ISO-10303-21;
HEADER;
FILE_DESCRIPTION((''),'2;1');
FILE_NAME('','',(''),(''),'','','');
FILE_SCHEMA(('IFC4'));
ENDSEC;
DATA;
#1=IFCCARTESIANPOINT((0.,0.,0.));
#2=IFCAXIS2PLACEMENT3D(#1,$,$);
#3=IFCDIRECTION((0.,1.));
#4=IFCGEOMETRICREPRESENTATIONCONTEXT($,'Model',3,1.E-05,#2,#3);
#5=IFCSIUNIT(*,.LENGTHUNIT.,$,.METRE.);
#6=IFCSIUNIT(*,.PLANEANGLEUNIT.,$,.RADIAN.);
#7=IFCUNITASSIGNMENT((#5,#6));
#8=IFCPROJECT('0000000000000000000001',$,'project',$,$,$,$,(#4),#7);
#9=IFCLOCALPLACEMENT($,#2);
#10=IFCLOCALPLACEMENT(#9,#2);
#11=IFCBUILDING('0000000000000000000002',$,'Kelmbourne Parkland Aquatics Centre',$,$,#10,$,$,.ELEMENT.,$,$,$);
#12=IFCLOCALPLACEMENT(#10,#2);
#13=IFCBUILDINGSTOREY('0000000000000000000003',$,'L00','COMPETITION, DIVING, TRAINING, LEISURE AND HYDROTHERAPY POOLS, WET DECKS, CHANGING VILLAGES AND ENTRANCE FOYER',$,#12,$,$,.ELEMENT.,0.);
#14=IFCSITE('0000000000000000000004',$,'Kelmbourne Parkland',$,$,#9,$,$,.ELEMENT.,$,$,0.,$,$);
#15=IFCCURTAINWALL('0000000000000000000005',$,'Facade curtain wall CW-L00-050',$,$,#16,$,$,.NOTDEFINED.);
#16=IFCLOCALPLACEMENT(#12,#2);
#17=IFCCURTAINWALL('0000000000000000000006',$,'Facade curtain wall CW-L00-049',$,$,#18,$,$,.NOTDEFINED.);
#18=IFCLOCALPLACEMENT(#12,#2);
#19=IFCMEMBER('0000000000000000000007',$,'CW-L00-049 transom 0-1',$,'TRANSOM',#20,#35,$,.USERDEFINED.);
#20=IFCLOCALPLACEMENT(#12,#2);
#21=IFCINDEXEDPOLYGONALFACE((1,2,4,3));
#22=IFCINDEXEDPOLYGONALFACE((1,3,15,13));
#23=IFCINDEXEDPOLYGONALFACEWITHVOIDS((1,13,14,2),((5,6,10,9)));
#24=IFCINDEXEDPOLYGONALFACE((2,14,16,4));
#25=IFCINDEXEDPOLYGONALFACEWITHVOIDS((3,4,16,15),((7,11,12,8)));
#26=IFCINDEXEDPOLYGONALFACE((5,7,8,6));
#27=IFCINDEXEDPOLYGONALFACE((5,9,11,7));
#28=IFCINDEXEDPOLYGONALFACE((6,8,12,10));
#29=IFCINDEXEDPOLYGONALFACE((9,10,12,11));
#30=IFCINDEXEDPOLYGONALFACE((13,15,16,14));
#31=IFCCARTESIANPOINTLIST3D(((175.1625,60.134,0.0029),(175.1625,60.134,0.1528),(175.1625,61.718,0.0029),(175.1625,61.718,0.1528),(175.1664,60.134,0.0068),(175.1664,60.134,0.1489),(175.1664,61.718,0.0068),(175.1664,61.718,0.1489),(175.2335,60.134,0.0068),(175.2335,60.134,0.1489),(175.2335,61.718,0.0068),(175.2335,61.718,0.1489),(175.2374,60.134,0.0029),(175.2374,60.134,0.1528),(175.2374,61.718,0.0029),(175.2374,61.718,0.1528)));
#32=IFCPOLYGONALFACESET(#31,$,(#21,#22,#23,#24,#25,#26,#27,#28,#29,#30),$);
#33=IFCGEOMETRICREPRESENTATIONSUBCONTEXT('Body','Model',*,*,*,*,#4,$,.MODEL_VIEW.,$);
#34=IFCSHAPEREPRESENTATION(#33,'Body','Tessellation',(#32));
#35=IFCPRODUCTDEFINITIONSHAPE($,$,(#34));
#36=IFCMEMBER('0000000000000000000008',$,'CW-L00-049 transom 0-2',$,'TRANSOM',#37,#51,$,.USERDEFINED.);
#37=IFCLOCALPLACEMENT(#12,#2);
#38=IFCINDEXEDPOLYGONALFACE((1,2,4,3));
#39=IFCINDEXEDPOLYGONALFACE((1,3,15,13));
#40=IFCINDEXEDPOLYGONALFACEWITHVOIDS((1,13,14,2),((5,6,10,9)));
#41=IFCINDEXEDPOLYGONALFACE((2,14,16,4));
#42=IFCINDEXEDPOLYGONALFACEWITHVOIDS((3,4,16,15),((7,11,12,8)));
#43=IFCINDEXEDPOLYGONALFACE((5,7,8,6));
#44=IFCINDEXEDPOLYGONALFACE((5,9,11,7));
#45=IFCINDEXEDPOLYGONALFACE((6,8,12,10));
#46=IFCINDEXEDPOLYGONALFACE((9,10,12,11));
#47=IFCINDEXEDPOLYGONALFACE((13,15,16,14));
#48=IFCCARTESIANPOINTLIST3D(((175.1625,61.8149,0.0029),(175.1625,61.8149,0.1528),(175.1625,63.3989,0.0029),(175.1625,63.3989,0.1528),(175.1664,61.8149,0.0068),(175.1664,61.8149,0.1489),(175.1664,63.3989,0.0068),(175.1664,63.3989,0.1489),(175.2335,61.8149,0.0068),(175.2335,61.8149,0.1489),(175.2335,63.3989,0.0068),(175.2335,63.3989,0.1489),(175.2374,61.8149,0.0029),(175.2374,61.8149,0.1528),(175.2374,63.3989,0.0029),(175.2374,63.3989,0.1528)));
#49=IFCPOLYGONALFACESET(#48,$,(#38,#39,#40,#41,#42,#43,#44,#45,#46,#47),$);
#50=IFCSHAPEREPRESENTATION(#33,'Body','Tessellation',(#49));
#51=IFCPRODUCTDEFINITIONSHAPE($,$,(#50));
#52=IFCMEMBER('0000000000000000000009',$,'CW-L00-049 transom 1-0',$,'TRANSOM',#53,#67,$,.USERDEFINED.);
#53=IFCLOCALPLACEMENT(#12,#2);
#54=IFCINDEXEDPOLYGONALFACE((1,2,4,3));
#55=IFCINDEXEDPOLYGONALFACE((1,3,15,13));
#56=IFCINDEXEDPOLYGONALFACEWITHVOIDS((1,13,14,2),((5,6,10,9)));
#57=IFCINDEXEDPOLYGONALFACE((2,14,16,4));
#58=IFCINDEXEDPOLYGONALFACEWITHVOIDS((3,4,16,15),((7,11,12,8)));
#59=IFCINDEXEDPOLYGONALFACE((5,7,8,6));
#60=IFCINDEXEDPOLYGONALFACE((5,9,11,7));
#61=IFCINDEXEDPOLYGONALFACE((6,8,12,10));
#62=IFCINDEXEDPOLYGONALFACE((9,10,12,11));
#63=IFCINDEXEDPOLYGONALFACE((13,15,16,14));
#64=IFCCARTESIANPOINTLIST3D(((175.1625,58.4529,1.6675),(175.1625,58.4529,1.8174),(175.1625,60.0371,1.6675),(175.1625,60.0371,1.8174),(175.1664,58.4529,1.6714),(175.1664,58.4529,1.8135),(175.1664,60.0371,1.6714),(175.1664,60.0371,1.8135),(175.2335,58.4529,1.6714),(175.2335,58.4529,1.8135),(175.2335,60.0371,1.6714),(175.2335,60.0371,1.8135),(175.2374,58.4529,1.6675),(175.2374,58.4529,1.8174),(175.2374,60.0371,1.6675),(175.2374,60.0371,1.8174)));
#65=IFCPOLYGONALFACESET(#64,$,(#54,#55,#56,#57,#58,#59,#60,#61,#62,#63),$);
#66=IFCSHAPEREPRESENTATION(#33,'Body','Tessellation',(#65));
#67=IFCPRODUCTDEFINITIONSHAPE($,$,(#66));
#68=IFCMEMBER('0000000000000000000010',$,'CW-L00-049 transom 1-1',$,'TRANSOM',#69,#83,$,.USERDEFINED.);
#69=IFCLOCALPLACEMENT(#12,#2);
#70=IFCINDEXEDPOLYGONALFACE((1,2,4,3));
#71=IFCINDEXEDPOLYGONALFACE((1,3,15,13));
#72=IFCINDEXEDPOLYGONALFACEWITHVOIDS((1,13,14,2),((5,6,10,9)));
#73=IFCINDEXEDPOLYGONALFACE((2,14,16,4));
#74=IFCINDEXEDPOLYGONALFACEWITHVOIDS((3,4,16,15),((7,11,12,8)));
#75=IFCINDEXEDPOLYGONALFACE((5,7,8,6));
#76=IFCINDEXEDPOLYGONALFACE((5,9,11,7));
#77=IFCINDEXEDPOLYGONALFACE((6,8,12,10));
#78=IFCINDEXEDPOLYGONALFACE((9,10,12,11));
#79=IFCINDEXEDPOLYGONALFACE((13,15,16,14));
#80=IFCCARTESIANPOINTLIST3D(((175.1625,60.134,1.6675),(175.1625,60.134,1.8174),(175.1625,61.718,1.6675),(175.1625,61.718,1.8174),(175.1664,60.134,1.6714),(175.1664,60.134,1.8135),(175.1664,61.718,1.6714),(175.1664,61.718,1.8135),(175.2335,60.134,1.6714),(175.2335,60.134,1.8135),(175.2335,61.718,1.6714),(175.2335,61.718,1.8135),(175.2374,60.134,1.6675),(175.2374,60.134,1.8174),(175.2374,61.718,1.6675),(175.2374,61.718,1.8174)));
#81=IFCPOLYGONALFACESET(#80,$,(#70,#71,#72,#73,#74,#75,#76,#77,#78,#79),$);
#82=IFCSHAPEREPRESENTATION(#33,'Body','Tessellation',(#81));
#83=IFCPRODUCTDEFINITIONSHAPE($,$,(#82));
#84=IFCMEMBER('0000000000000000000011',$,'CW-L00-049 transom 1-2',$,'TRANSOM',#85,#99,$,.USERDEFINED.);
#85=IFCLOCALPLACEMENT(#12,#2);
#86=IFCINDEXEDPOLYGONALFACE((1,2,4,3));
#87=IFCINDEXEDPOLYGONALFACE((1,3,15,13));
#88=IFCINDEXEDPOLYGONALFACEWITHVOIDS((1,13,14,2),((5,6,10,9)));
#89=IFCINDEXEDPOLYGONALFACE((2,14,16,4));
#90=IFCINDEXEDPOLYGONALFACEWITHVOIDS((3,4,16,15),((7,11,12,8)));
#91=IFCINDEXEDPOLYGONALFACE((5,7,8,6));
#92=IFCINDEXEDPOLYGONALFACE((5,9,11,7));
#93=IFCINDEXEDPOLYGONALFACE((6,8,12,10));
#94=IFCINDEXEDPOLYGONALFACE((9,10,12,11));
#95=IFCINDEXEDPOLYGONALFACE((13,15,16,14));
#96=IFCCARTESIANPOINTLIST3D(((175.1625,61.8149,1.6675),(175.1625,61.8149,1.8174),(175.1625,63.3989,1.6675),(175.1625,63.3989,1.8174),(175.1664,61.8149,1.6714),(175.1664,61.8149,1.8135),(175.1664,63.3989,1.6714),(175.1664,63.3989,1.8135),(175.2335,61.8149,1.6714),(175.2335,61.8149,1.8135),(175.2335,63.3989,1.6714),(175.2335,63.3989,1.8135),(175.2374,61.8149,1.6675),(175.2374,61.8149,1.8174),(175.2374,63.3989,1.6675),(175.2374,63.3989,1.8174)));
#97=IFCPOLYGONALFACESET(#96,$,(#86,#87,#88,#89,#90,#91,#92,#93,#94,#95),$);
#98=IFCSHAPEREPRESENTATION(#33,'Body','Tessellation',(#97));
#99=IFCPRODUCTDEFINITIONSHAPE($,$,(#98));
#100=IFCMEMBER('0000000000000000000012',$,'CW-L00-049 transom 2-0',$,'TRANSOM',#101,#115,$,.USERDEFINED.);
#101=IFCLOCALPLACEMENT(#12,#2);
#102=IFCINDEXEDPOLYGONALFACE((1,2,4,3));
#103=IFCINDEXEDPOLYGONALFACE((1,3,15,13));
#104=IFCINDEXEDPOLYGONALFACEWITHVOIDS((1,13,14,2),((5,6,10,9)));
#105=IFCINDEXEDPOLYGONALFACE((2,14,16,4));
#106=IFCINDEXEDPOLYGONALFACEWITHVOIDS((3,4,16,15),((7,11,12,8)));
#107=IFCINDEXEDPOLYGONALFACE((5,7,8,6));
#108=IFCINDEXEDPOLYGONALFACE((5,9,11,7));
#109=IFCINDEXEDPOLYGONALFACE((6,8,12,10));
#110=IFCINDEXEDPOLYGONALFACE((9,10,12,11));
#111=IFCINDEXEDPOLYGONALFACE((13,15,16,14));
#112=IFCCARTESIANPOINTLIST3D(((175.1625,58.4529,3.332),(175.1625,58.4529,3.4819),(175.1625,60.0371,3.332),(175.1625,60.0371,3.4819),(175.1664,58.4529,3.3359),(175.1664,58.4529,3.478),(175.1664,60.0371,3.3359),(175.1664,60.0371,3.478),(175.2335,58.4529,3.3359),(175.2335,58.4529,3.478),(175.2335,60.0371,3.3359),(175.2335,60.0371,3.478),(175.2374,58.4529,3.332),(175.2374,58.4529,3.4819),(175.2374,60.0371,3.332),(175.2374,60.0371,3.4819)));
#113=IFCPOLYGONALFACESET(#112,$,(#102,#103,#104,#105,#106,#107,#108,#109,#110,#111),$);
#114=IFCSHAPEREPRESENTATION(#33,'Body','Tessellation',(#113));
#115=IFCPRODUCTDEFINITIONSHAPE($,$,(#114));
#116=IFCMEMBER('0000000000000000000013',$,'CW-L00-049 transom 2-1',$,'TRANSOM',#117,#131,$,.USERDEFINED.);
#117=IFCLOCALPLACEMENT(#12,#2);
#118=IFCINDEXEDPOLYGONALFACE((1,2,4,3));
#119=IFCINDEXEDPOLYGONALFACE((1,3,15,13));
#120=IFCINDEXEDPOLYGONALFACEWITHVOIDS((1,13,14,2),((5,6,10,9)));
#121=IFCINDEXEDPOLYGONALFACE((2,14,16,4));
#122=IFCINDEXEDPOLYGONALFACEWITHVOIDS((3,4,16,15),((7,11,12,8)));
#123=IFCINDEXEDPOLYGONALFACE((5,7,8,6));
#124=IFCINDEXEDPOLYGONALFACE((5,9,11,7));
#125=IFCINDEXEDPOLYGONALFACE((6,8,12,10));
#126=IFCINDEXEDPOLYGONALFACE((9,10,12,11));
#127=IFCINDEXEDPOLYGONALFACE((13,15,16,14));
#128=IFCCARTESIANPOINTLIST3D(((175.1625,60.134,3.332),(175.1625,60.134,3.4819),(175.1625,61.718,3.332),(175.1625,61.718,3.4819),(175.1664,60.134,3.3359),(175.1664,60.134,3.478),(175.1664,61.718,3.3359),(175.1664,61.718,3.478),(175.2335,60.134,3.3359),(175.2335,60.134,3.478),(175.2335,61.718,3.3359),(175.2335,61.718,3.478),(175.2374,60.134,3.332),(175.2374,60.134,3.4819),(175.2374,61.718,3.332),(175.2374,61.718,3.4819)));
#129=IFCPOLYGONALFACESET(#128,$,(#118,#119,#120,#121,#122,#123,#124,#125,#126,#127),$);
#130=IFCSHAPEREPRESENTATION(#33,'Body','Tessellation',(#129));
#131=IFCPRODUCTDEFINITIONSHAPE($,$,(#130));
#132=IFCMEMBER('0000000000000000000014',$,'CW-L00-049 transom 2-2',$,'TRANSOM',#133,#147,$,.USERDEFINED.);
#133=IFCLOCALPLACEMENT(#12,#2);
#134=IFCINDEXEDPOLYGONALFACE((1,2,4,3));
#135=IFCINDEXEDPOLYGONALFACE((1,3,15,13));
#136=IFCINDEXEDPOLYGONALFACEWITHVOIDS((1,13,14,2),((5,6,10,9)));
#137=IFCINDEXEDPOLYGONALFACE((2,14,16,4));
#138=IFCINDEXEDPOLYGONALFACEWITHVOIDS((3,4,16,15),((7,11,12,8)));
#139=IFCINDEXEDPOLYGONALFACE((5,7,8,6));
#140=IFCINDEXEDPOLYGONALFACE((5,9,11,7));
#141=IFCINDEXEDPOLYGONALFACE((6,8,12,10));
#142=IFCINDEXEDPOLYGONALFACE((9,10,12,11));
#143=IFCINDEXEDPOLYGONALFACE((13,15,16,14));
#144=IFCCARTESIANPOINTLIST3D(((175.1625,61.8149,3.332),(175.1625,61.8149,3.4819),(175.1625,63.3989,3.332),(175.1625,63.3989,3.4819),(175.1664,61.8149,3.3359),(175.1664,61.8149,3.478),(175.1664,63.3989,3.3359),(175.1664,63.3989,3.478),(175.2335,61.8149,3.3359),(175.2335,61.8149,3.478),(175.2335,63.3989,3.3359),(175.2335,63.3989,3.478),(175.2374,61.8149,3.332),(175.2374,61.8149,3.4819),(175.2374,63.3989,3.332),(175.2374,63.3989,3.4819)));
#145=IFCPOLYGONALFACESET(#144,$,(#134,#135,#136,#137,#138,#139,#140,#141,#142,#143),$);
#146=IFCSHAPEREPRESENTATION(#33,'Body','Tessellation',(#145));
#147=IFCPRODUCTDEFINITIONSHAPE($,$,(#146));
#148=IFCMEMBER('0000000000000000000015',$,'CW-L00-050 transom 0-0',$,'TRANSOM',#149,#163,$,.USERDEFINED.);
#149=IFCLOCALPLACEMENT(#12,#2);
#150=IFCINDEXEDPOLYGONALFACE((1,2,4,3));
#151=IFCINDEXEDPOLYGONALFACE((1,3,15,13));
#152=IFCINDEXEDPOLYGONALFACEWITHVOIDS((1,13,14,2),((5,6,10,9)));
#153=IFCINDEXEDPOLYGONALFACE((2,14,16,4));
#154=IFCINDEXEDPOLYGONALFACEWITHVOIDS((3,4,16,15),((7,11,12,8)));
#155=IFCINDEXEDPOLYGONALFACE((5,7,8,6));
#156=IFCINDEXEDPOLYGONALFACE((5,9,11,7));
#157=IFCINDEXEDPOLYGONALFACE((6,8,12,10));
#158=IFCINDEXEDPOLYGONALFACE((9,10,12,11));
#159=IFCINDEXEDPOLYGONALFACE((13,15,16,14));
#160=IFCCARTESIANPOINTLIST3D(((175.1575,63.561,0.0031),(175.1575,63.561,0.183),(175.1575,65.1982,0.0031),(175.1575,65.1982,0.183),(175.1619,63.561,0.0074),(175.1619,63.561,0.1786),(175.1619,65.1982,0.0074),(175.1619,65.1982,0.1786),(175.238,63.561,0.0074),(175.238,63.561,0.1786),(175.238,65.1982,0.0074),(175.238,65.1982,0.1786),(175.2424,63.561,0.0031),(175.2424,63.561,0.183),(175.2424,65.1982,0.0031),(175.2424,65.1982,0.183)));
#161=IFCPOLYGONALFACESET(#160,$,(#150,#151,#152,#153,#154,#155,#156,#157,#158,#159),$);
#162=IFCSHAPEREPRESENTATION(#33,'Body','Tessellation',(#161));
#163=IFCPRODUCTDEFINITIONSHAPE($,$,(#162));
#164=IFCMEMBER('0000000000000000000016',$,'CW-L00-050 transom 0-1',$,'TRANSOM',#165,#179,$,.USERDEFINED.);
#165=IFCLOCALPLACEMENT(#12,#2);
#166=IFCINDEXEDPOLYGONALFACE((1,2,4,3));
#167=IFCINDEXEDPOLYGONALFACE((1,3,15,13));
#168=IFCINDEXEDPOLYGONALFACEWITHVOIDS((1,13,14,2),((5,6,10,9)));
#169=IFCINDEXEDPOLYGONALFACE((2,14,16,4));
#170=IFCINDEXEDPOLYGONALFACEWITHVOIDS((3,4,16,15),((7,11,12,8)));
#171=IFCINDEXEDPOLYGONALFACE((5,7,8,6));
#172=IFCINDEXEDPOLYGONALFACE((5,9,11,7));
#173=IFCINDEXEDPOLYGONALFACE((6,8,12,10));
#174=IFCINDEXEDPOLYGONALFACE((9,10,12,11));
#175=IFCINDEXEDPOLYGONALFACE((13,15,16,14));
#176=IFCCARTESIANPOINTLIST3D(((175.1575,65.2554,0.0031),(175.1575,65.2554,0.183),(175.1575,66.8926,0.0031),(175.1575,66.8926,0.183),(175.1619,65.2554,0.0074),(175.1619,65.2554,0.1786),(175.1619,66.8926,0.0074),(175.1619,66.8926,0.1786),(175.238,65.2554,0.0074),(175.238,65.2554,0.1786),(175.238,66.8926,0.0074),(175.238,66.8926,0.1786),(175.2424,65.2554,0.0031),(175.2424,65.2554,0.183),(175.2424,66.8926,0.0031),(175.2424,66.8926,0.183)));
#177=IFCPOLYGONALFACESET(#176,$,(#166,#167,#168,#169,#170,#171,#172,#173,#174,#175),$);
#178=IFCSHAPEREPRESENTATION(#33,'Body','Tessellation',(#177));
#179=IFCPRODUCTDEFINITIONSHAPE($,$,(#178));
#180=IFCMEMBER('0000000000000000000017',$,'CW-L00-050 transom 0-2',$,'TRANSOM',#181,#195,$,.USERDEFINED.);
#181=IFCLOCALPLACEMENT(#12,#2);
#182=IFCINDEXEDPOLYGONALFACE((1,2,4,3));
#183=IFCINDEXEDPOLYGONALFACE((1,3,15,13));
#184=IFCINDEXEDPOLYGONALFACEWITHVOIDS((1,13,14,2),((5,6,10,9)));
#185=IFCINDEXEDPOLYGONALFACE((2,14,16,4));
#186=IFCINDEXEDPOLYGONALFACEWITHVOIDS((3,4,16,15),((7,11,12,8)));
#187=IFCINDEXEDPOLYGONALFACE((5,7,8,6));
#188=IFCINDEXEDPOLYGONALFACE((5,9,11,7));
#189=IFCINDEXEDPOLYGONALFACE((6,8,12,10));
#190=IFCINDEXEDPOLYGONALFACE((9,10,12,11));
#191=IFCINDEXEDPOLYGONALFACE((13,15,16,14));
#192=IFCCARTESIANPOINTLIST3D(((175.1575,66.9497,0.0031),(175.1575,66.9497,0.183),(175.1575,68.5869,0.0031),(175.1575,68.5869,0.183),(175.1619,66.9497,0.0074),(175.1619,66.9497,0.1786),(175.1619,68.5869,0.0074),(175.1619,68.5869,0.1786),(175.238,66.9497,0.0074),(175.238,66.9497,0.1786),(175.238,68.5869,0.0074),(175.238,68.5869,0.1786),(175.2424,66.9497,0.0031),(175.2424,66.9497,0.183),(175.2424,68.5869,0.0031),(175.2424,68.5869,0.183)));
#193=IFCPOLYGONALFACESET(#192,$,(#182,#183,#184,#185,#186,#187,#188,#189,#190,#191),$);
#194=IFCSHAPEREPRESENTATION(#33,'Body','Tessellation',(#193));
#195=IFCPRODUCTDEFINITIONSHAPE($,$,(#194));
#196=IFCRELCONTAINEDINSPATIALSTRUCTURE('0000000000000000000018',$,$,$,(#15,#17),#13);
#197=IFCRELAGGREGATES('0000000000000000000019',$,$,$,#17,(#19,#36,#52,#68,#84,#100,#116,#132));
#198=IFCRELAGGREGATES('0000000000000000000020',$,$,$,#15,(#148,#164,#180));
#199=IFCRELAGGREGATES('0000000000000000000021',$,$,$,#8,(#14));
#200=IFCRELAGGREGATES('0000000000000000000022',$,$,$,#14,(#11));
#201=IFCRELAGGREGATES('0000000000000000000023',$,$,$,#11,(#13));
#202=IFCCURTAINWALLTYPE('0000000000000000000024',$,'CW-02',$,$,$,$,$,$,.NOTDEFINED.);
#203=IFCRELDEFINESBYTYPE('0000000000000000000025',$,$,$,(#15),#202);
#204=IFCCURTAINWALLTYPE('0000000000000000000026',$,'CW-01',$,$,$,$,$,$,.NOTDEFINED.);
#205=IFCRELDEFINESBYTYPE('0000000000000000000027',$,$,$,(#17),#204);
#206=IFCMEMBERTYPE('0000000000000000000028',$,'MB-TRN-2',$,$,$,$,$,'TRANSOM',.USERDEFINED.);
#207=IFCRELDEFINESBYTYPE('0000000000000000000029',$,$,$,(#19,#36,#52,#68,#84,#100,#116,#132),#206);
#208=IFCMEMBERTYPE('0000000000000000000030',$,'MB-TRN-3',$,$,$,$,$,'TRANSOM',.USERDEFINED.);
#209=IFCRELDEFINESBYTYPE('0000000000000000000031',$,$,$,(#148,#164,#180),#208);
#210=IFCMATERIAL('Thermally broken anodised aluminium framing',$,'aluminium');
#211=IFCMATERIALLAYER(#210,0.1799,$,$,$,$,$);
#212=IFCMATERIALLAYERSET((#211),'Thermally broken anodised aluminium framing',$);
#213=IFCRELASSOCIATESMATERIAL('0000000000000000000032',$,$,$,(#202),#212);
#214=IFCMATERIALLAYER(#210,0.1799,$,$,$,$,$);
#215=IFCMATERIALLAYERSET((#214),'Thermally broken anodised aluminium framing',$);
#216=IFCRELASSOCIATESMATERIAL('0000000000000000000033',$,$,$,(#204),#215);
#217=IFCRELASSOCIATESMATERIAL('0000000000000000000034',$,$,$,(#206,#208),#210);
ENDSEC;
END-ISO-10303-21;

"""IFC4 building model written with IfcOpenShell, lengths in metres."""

from ifc_helpers import new_model, si_unit, direction, frame, origin, origin_2d, place, context, subcontext, project, spatial, hollow_rectangle, extrude, material, layer, layer_set, material_profile, profile_set, type_object, element, aggregate, save


model = new_model("IFC4")

# Units and contexts
model_context = context("Model", 3, precision=1e-05, world=origin(), true_north=direction((0.0, 1.0)))
body_context = subcontext(model_context, "Body", "Model", "MODEL_VIEW")
ifc_project = project(units=[si_unit("LENGTHUNIT", "METRE"), si_unit("PLANEANGLEUNIT", "RADIAN")], contexts=[model_context])

# Site, building, storey
site_placement = place(None, origin())
site = spatial("IfcSite", under=ifc_project, at=site_placement, Name="Kelmbourne Parkland", CompositionType="ELEMENT", RefElevation=0.0)
building_placement = place(site_placement, origin())
building = spatial("IfcBuilding", under=site, at=building_placement, Name="Kelmbourne Parkland Aquatics Centre", CompositionType="ELEMENT")
storey_placement = place(building_placement, origin())
storey = spatial("IfcBuildingStorey", under=building, at=storey_placement, Name="L00", Description="COMPETITION, DIVING, TRAINING, LEISURE AND HYDROTHERAPY POOLS, WET DECKS, CHANGING VILLAGES AND ENTRANCE FOYER", CompositionType="ELEMENT", Elevation=0.0)

# Curtain walls, members
ifc_material_1 = material(Name="Thermally broken anodised aluminium framing", Category="aluminium")
ifc_layer_1 = layer(ifc_material_1, 0.1799)
ifc_layer_set_1 = layer_set([ifc_layer_1], Name="Thermally broken anodised aluminium framing")
curtain_wall_type_1 = type_object("IfcCurtainWallType", Name="CW-02", PredefinedType="NOTDEFINED", material=ifc_layer_set_1)
curtain_wall_1_placement = place(storey_placement, origin())
curtain_wall_1 = element("IfcCurtainWall", 1, at=curtain_wall_1_placement, inside=storey, type_object=curtain_wall_type_1, Name="Facade curtain wall CW-L00-050", PredefinedType="NOTDEFINED")
ifc_layer_2 = layer(ifc_material_1, 0.1799)
ifc_layer_set_2 = layer_set([ifc_layer_2], Name="Thermally broken anodised aluminium framing")
curtain_wall_type_2 = type_object("IfcCurtainWallType", Name="CW-01", PredefinedType="NOTDEFINED", material=ifc_layer_set_2)
curtain_wall_2_placement = place(storey_placement, origin())
curtain_wall_2 = element("IfcCurtainWall", 2, at=curtain_wall_2_placement, inside=storey, type_object=curtain_wall_type_2, Name="Facade curtain wall CW-L00-049", PredefinedType="NOTDEFINED")
ifc_material_profile_1 = material_profile(ifc_material_1, hollow_rectangle(XDim=0.075, YDim=0.1499, WallThickness=0.0039, at=origin_2d()), Name="CW-T 75x150")
ifc_profile_set_1 = profile_set([ifc_material_profile_1], Name="Thermally broken anodised aluminium framing")
member_type_1 = type_object("IfcMemberType", Name="MB-TRN-2", ElementType="TRANSOM", PredefinedType="USERDEFINED", material=ifc_profile_set_1)
member_1_placement = place(storey_placement, frame((175.2, 60.134, 0.0779), z_axis=(0.0, 1.0, 0.0), x_axis=(-1.0, 0.0, 0.0)))
member_1 = element("IfcMember", 3, at=member_1_placement, type_object=member_type_1, Name="CW-L00-049 transom 0-1", ObjectType="TRANSOM", PredefinedType="USERDEFINED", context=body_context, shape_type="SweptSolid", body=[
    extrude(hollow_rectangle(XDim=0.075, YDim=0.1499, WallThickness=0.0039, at=origin_2d()), origin(), (0.0, 0.0, 1.0), 1.584),
])
member_2_placement = place(storey_placement, frame((175.2, 61.8149, 0.0779), z_axis=(0.0, 1.0, 0.0), x_axis=(-1.0, 0.0, 0.0)))
member_2 = element("IfcMember", 4, at=member_2_placement, type_object=member_type_1, Name="CW-L00-049 transom 0-2", ObjectType="TRANSOM", PredefinedType="USERDEFINED", context=body_context, shape_type="SweptSolid", body=[
    extrude(hollow_rectangle(XDim=0.075, YDim=0.1499, WallThickness=0.0039, at=origin_2d()), origin(), (0.0, 0.0, 1.0), 1.584),
])
member_3_placement = place(storey_placement, frame((175.2, 58.4529, 1.7424), z_axis=(0.0, 1.0, 0.0), x_axis=(-1.0, 0.0, 0.0)))
member_3 = element("IfcMember", 5, at=member_3_placement, type_object=member_type_1, Name="CW-L00-049 transom 1-0", ObjectType="TRANSOM", PredefinedType="USERDEFINED", context=body_context, shape_type="SweptSolid", body=[
    extrude(hollow_rectangle(XDim=0.075, YDim=0.1499, WallThickness=0.0039, at=origin_2d()), origin(), (0.0, 0.0, 1.0), 1.5842),
])
member_4_placement = place(storey_placement, frame((175.2, 60.134, 1.7424), z_axis=(0.0, 1.0, 0.0), x_axis=(-1.0, 0.0, 0.0)))
member_4 = element("IfcMember", 6, at=member_4_placement, type_object=member_type_1, Name="CW-L00-049 transom 1-1", ObjectType="TRANSOM", PredefinedType="USERDEFINED", context=body_context, shape_type="SweptSolid", body=[
    extrude(hollow_rectangle(XDim=0.075, YDim=0.1499, WallThickness=0.0039, at=origin_2d()), origin(), (0.0, 0.0, 1.0), 1.584),
])
member_5_placement = place(storey_placement, frame((175.2, 61.8149, 1.7424), z_axis=(0.0, 1.0, 0.0), x_axis=(-1.0, 0.0, 0.0)))
member_5 = element("IfcMember", 7, at=member_5_placement, type_object=member_type_1, Name="CW-L00-049 transom 1-2", ObjectType="TRANSOM", PredefinedType="USERDEFINED", context=body_context, shape_type="SweptSolid", body=[
    extrude(hollow_rectangle(XDim=0.075, YDim=0.1499, WallThickness=0.0039, at=origin_2d()), origin(), (0.0, 0.0, 1.0), 1.584),
])
member_6_placement = place(storey_placement, frame((175.2, 58.4529, 3.407), z_axis=(0.0, 1.0, 0.0), x_axis=(-1.0, 0.0, 0.0)))
member_6 = element("IfcMember", 8, at=member_6_placement, type_object=member_type_1, Name="CW-L00-049 transom 2-0", ObjectType="TRANSOM", PredefinedType="USERDEFINED", context=body_context, shape_type="SweptSolid", body=[
    extrude(hollow_rectangle(XDim=0.075, YDim=0.1499, WallThickness=0.0039, at=origin_2d()), origin(), (0.0, 0.0, 1.0), 1.5842),
])
member_7_placement = place(storey_placement, frame((175.2, 60.134, 3.407), z_axis=(0.0, 1.0, 0.0), x_axis=(-1.0, 0.0, 0.0)))
member_7 = element("IfcMember", 9, at=member_7_placement, type_object=member_type_1, Name="CW-L00-049 transom 2-1", ObjectType="TRANSOM", PredefinedType="USERDEFINED", context=body_context, shape_type="SweptSolid", body=[
    extrude(hollow_rectangle(XDim=0.075, YDim=0.1499, WallThickness=0.0039, at=origin_2d()), origin(), (0.0, 0.0, 1.0), 1.584),
])
member_8_placement = place(storey_placement, frame((175.2, 61.8149, 3.407), z_axis=(0.0, 1.0, 0.0), x_axis=(-1.0, 0.0, 0.0)))
member_8 = element("IfcMember", 10, at=member_8_placement, type_object=member_type_1, Name="CW-L00-049 transom 2-2", ObjectType="TRANSOM", PredefinedType="USERDEFINED", context=body_context, shape_type="SweptSolid", body=[
    extrude(hollow_rectangle(XDim=0.075, YDim=0.1499, WallThickness=0.0039, at=origin_2d()), origin(), (0.0, 0.0, 1.0), 1.584),
])

# Members
ifc_material_profile_2 = material_profile(ifc_material_1, hollow_rectangle(XDim=0.085, YDim=0.1799, WallThickness=0.0044, at=origin_2d()), Name="CW-T 85x180")
ifc_profile_set_2 = profile_set([ifc_material_profile_2], Name="Thermally broken anodised aluminium framing")
member_type_2 = type_object("IfcMemberType", Name="MB-TRN-3", ElementType="TRANSOM", PredefinedType="USERDEFINED", material=ifc_profile_set_2)
member_9_placement = place(storey_placement, frame((175.2, 63.561, 0.093), z_axis=(0.0, 1.0, 0.0), x_axis=(-1.0, 0.0, 0.0)))
member_9 = element("IfcMember", 11, at=member_9_placement, type_object=member_type_2, Name="CW-L00-050 transom 0-0", ObjectType="TRANSOM", PredefinedType="USERDEFINED", context=body_context, shape_type="SweptSolid", body=[
    extrude(hollow_rectangle(XDim=0.085, YDim=0.1799, WallThickness=0.0044, at=origin_2d()), origin(), (0.0, 0.0, 1.0), 1.6372),
])
member_10_placement = place(storey_placement, frame((175.2, 65.2554, 0.093), z_axis=(0.0, 1.0, 0.0), x_axis=(-1.0, 0.0, 0.0)))
member_10 = element("IfcMember", 12, at=member_10_placement, type_object=member_type_2, Name="CW-L00-050 transom 0-1", ObjectType="TRANSOM", PredefinedType="USERDEFINED", context=body_context, shape_type="SweptSolid", body=[
    extrude(hollow_rectangle(XDim=0.085, YDim=0.1799, WallThickness=0.0044, at=origin_2d()), origin(), (0.0, 0.0, 1.0), 1.6372),
])
member_11_placement = place(storey_placement, frame((175.2, 66.9497, 0.093), z_axis=(0.0, 1.0, 0.0), x_axis=(-1.0, 0.0, 0.0)))
member_11 = element("IfcMember", 13, at=member_11_placement, type_object=member_type_2, Name="CW-L00-050 transom 0-2", ObjectType="TRANSOM", PredefinedType="USERDEFINED", context=body_context, shape_type="SweptSolid", body=[
    extrude(hollow_rectangle(XDim=0.085, YDim=0.1799, WallThickness=0.0044, at=origin_2d()), origin(), (0.0, 0.0, 1.0), 1.6372),
])

aggregate(curtain_wall_2, [member_1, member_2, member_3, member_4, member_5, member_6, member_7, member_8])
aggregate(curtain_wall_1, [member_9, member_10, member_11])

save(model, "model.ifc")
